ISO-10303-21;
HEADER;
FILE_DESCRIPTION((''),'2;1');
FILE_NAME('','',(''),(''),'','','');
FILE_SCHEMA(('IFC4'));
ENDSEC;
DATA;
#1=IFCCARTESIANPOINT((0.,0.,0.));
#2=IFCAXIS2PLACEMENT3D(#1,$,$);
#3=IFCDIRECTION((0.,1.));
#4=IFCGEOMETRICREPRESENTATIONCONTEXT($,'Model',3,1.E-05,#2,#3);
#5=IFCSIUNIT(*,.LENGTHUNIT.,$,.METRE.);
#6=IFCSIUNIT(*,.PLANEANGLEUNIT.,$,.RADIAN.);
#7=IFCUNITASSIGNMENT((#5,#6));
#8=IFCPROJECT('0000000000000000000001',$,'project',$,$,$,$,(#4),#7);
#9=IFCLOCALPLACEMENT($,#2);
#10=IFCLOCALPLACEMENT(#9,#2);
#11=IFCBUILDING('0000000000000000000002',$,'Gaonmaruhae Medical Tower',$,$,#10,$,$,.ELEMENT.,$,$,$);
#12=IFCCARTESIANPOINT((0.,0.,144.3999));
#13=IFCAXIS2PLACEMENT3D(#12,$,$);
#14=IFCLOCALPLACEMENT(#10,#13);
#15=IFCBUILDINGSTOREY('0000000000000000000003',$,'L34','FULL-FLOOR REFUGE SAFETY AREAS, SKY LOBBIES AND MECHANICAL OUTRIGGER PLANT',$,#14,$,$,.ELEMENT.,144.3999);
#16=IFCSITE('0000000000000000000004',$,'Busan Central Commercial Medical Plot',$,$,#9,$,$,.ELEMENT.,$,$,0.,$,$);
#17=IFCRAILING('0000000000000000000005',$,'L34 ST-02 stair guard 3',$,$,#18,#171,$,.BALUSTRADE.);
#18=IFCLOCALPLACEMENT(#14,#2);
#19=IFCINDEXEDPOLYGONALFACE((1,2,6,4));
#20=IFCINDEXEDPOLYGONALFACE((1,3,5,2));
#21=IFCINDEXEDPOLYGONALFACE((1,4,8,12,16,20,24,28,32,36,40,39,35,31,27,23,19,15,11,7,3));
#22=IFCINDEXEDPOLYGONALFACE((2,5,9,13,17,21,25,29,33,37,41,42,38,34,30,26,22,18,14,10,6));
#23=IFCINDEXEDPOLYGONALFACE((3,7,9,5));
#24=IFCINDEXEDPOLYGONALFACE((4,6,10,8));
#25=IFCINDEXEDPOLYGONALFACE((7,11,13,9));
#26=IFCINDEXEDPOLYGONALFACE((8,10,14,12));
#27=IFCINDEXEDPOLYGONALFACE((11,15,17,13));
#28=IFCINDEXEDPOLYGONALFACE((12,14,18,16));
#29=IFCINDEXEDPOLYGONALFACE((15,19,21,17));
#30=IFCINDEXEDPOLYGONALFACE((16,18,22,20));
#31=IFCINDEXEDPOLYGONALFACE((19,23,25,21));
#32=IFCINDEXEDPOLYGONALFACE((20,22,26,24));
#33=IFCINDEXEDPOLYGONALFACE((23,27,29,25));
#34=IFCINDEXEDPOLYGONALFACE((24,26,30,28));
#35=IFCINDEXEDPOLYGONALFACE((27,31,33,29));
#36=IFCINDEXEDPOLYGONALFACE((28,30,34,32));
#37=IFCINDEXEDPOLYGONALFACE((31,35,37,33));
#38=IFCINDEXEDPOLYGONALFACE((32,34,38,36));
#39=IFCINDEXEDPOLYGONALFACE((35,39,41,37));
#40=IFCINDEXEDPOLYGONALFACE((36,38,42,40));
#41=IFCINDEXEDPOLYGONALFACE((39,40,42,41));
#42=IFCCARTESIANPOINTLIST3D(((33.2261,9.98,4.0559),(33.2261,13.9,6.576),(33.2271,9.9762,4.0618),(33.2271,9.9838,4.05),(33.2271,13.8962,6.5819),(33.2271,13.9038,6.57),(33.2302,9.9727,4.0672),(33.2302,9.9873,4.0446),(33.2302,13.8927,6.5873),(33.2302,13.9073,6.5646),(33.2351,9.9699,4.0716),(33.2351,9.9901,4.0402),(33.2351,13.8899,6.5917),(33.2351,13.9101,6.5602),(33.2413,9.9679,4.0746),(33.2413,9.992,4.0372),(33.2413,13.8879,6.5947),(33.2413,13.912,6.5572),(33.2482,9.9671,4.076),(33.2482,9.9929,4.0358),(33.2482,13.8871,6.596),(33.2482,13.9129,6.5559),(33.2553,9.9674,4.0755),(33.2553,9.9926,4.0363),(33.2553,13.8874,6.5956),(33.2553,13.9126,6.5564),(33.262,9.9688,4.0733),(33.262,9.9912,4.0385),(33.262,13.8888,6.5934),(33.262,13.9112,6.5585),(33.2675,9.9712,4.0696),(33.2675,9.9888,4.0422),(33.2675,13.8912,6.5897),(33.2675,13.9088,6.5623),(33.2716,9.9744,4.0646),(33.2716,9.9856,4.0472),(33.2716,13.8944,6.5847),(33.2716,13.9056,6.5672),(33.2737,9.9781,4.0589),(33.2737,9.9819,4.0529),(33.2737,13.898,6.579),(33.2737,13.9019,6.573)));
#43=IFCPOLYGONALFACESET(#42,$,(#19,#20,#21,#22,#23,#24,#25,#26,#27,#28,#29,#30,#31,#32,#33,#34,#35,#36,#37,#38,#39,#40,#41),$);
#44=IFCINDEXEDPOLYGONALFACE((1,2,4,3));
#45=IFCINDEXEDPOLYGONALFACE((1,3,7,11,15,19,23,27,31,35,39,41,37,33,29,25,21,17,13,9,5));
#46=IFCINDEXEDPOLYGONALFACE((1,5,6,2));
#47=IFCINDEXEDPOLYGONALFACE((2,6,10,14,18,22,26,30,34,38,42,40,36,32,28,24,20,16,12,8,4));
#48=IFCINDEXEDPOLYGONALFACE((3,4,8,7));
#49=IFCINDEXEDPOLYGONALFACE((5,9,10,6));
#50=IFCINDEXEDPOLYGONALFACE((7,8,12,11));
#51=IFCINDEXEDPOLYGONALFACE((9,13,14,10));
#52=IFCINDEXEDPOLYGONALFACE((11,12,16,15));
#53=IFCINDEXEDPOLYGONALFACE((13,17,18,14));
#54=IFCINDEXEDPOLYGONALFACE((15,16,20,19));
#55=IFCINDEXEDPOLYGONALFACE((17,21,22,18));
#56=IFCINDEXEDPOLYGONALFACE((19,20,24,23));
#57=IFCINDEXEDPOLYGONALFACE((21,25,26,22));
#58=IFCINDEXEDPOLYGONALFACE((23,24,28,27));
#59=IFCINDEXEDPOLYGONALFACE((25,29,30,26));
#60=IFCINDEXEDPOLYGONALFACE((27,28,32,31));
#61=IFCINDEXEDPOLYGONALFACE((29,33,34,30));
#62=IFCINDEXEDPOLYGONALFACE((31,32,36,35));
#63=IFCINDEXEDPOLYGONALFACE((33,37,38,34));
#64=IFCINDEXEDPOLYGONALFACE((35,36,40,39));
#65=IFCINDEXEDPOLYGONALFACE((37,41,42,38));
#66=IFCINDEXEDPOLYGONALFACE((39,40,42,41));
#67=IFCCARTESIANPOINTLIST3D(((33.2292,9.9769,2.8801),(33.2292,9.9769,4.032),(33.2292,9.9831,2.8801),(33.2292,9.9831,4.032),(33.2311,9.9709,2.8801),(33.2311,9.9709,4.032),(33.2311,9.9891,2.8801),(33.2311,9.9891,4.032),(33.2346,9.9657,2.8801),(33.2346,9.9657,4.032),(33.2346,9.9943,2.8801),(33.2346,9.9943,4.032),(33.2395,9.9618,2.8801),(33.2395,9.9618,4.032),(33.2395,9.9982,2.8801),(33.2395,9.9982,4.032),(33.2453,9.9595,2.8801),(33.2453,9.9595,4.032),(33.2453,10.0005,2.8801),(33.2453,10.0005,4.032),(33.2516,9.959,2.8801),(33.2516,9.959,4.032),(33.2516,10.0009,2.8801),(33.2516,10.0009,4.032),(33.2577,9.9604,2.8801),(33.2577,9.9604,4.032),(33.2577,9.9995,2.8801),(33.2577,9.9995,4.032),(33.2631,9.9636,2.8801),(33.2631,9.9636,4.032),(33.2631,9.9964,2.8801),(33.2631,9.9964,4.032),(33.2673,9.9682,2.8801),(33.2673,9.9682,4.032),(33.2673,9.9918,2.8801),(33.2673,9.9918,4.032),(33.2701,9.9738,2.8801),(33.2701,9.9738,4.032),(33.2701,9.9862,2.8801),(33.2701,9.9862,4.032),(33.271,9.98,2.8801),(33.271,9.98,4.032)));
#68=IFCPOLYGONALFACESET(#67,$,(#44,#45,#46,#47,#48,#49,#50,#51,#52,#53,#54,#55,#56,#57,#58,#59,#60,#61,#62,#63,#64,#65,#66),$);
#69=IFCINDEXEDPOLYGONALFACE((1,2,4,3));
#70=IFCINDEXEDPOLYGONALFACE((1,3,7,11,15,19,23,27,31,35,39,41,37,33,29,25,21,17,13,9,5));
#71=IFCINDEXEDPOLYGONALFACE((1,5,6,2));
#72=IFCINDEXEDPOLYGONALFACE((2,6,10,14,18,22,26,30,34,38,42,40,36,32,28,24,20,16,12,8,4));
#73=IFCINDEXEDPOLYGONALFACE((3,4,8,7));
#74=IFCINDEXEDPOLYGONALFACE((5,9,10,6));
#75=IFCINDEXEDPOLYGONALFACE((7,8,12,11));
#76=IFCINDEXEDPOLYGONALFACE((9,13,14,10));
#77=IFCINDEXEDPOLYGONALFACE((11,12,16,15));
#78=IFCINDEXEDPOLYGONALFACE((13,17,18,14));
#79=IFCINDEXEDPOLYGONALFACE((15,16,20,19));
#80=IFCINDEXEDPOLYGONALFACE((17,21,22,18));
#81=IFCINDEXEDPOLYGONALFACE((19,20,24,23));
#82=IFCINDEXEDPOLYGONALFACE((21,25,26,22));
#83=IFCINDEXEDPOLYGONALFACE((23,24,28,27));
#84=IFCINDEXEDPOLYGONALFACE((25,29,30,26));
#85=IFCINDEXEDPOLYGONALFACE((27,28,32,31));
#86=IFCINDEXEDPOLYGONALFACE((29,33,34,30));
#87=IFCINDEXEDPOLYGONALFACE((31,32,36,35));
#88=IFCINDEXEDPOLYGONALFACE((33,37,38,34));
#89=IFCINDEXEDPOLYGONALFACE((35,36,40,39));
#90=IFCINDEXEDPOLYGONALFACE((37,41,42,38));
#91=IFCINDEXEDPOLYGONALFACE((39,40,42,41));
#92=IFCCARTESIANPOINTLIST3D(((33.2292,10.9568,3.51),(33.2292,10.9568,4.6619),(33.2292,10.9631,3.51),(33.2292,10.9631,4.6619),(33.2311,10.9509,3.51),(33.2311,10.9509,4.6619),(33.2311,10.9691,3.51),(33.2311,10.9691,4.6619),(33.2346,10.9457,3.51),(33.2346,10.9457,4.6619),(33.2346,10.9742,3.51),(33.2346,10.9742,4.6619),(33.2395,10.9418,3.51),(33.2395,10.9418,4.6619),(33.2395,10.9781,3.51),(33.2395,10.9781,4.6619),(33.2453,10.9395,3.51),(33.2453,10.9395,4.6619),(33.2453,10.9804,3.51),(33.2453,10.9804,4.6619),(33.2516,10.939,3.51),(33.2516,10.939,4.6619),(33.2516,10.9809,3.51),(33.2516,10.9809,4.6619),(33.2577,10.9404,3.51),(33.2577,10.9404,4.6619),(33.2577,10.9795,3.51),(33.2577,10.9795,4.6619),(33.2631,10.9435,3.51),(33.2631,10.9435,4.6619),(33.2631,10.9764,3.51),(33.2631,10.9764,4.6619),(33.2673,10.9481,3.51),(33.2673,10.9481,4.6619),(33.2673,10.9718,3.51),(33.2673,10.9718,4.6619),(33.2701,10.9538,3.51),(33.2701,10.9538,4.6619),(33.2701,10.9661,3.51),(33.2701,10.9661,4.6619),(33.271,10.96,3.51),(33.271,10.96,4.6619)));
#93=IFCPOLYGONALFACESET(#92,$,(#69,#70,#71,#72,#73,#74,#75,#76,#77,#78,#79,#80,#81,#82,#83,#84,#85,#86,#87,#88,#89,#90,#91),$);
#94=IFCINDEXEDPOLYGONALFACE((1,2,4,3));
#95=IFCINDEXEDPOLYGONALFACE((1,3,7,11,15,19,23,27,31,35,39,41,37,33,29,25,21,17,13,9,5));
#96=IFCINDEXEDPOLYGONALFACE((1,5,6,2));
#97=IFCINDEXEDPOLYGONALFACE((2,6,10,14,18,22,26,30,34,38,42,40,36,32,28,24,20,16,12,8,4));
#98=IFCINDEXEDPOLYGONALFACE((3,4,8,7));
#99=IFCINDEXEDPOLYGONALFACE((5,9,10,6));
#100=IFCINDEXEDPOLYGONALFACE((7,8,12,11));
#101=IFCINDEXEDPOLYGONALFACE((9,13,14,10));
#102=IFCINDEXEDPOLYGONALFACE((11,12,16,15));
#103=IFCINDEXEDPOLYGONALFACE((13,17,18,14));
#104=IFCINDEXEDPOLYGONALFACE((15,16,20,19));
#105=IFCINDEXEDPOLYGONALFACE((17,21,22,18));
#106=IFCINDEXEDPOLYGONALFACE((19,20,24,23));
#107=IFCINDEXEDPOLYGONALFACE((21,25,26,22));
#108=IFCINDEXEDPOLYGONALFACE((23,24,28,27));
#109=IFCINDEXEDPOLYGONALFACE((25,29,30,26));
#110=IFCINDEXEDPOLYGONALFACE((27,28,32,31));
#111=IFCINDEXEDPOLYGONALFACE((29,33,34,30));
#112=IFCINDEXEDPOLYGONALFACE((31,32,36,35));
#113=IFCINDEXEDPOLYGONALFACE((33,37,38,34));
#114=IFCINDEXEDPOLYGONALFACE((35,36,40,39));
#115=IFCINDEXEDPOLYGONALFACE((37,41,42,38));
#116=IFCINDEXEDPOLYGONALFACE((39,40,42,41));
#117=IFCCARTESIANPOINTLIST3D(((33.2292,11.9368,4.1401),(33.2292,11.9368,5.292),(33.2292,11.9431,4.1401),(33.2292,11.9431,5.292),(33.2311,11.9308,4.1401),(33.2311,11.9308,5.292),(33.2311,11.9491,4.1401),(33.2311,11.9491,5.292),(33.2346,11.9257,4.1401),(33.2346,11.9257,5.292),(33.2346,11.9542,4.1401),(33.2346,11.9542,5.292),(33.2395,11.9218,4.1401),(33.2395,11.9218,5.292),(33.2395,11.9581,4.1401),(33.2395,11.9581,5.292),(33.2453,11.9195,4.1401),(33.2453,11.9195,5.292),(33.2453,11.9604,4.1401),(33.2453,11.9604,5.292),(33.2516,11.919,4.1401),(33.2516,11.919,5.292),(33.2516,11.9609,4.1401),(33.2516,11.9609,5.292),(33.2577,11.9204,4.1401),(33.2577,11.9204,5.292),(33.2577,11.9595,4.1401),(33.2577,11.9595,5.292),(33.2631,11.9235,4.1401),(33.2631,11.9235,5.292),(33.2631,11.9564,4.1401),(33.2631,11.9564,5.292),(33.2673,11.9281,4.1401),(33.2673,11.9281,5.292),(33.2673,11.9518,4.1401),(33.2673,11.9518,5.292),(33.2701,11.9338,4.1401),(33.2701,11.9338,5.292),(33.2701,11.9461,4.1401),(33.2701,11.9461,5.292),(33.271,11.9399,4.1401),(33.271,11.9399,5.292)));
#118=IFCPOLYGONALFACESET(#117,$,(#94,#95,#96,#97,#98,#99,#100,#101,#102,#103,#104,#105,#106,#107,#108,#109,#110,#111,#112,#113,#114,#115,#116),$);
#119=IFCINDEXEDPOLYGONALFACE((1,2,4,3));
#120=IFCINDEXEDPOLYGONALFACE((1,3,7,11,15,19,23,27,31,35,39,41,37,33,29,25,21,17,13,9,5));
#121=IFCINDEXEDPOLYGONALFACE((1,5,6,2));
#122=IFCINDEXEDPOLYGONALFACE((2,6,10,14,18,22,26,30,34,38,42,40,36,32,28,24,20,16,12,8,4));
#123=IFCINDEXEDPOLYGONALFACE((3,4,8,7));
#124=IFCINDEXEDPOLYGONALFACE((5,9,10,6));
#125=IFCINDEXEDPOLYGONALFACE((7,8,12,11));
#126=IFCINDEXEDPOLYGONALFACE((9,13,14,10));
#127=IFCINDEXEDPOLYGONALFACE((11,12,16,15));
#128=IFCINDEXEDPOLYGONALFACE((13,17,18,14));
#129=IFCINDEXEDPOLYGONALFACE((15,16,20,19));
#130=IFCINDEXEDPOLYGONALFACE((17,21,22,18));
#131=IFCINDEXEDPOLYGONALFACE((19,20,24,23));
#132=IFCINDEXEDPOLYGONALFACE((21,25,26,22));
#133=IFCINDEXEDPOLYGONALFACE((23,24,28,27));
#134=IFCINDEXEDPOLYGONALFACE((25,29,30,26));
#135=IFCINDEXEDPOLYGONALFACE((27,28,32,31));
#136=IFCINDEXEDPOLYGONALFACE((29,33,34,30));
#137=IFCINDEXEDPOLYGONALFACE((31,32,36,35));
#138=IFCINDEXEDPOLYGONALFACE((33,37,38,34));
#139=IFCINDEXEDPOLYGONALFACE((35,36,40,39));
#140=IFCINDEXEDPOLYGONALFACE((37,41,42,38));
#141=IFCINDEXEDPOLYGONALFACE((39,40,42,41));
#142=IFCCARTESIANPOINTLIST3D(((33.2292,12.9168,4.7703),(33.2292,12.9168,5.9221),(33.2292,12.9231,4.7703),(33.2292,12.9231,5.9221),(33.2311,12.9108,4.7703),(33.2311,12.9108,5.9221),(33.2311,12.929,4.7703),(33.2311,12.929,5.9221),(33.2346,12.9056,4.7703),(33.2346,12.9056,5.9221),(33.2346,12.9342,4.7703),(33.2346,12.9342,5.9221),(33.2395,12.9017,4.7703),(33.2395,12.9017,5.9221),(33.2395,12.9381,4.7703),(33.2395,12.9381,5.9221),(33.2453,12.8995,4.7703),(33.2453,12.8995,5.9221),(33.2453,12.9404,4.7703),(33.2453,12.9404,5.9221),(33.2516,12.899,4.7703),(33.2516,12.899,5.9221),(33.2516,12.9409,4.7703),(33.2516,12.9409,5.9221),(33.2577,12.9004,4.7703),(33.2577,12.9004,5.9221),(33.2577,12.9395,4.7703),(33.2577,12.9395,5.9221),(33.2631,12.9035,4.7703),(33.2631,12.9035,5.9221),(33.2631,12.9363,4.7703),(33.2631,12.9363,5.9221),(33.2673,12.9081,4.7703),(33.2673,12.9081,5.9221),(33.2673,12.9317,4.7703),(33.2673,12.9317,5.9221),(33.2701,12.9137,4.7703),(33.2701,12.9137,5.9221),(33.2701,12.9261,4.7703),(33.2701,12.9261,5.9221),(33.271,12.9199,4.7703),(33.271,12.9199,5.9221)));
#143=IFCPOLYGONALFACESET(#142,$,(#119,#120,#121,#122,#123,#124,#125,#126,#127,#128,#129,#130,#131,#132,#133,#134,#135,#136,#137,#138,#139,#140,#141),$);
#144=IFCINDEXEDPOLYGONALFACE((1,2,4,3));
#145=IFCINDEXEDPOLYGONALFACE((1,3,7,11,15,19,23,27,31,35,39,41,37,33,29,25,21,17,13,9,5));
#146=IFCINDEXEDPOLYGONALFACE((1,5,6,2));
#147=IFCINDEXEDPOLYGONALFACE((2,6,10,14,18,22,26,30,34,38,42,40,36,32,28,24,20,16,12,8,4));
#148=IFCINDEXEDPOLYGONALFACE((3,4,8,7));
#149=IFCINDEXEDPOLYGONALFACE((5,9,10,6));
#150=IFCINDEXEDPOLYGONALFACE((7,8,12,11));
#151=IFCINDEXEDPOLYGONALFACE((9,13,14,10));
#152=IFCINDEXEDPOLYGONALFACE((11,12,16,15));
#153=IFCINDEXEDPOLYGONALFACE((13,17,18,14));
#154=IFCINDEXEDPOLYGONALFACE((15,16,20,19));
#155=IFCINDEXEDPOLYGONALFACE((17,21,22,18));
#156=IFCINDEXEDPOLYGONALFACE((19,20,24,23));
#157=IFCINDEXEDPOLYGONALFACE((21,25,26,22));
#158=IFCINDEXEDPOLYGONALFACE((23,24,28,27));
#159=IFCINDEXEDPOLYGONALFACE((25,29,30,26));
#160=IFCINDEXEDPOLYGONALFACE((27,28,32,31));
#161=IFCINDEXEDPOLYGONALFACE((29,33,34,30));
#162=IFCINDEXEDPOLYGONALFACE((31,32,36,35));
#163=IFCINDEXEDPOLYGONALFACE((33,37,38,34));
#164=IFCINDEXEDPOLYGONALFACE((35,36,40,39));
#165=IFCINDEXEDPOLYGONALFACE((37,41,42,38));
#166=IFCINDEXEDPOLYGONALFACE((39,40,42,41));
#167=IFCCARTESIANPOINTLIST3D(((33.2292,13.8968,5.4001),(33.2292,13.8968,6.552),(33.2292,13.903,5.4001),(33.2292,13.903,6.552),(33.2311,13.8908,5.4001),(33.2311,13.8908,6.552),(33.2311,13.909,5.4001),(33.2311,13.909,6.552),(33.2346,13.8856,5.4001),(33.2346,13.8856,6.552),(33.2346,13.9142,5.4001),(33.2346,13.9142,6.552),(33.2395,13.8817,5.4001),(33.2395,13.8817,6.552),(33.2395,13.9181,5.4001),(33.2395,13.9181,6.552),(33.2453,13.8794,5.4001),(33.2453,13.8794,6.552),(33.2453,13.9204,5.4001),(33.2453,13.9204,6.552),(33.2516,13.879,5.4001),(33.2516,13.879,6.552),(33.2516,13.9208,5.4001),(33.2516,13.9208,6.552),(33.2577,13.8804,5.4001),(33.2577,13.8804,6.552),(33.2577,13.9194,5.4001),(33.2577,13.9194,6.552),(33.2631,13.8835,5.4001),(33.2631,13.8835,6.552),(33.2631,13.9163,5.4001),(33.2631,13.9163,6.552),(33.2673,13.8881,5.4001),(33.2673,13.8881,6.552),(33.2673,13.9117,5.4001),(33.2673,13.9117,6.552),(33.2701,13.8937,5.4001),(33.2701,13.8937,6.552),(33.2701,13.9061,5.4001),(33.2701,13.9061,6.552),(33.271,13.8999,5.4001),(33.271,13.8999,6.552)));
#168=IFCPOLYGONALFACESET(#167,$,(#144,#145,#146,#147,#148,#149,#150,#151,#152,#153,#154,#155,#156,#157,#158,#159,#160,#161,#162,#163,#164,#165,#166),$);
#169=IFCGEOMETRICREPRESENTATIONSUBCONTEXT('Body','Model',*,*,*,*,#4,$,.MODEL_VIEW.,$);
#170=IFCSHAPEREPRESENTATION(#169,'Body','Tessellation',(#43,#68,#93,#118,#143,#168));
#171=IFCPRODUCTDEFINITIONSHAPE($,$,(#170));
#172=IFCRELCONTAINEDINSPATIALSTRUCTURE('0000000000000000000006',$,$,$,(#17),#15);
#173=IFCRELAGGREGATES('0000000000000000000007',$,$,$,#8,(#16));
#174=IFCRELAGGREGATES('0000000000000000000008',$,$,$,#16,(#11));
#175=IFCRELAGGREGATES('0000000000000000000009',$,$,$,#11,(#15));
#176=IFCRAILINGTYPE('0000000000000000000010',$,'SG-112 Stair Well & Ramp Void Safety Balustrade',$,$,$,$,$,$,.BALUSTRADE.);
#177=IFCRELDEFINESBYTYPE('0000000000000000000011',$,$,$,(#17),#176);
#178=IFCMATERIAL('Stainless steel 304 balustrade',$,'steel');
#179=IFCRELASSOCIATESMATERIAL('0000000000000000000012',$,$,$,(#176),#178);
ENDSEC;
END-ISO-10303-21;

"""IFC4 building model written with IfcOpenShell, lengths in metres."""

from ifc_helpers import new_model, si_unit, direction, frame, origin, origin_2d, place, context, subcontext, project, spatial, circle, extrude, material, type_object, element, save


model = new_model("IFC4")

# Units and contexts
model_context = context("Model", 3, precision=1e-05, world=origin(), true_north=direction((0.0, 1.0)))
body_context = subcontext(model_context, "Body", "Model", "MODEL_VIEW")
ifc_project = project(units=[si_unit("LENGTHUNIT", "METRE"), si_unit("PLANEANGLEUNIT", "RADIAN")], contexts=[model_context])

# Site, building, storey
site_placement = place(None, origin())
site = spatial("IfcSite", under=ifc_project, at=site_placement, Name="Busan Central Commercial Medical Plot", CompositionType="ELEMENT", RefElevation=0.0)
building_placement = place(site_placement, origin())
building = spatial("IfcBuilding", under=site, at=building_placement, Name="Gaonmaruhae Medical Tower", CompositionType="ELEMENT")
storey_placement = place(building_placement, frame((0.0, 0.0, 144.3999)))
storey = spatial("IfcBuildingStorey", under=building, at=storey_placement, Name="L34", Description="FULL-FLOOR REFUGE SAFETY AREAS, SKY LOBBIES AND MECHANICAL OUTRIGGER PLANT", CompositionType="ELEMENT", Elevation=144.3999)

# Railing
ifc_material_1 = material(Name="Stainless steel 304 balustrade", Category="steel")
railing_type_1 = type_object("IfcRailingType", Name="SG-112 Stair Well & Ramp Void Safety Balustrade", PredefinedType="BALUSTRADE", material=ifc_material_1)
railing_1_placement = place(storey_placement, frame((33.25, 9.98, 2.8801)))
element("IfcRailing", 1, at=railing_1_placement, inside=storey, type_object=railing_type_1, Name="L34 ST-02 stair guard 3", PredefinedType="BALUSTRADE", context=body_context, shape_type="SweptSolid", body=[
    extrude(circle(Radius=0.0239, at=origin_2d()), frame((0.0, 0.0, 1.1758), z_axis=(0.0, 0.841172, 0.540768), x_axis=(-1.0, 0.0, 0.0)), (0.0, 0.0, 1.0), 4.6602),
    extrude(circle(Radius=0.021, at=origin_2d()), origin(), (0.0, 0.0, 1.0), 1.1519),
    extrude(circle(Radius=0.021, at=origin_2d()), frame((0.0, 0.98, 0.6299)), (0.0, 0.0, 1.0), 1.1519),
    extrude(circle(Radius=0.021, at=origin_2d()), frame((0.0, 1.96, 1.26)), (0.0, 0.0, 1.0), 1.1519),
    extrude(circle(Radius=0.021, at=origin_2d()), frame((0.0, 2.9399, 1.8901)), (0.0, 0.0, 1.0), 1.1519),
    extrude(circle(Radius=0.021, at=origin_2d()), frame((0.0, 3.9199, 2.52)), (0.0, 0.0, 1.0), 1.1519),
])

save(model, "model.ifc")
